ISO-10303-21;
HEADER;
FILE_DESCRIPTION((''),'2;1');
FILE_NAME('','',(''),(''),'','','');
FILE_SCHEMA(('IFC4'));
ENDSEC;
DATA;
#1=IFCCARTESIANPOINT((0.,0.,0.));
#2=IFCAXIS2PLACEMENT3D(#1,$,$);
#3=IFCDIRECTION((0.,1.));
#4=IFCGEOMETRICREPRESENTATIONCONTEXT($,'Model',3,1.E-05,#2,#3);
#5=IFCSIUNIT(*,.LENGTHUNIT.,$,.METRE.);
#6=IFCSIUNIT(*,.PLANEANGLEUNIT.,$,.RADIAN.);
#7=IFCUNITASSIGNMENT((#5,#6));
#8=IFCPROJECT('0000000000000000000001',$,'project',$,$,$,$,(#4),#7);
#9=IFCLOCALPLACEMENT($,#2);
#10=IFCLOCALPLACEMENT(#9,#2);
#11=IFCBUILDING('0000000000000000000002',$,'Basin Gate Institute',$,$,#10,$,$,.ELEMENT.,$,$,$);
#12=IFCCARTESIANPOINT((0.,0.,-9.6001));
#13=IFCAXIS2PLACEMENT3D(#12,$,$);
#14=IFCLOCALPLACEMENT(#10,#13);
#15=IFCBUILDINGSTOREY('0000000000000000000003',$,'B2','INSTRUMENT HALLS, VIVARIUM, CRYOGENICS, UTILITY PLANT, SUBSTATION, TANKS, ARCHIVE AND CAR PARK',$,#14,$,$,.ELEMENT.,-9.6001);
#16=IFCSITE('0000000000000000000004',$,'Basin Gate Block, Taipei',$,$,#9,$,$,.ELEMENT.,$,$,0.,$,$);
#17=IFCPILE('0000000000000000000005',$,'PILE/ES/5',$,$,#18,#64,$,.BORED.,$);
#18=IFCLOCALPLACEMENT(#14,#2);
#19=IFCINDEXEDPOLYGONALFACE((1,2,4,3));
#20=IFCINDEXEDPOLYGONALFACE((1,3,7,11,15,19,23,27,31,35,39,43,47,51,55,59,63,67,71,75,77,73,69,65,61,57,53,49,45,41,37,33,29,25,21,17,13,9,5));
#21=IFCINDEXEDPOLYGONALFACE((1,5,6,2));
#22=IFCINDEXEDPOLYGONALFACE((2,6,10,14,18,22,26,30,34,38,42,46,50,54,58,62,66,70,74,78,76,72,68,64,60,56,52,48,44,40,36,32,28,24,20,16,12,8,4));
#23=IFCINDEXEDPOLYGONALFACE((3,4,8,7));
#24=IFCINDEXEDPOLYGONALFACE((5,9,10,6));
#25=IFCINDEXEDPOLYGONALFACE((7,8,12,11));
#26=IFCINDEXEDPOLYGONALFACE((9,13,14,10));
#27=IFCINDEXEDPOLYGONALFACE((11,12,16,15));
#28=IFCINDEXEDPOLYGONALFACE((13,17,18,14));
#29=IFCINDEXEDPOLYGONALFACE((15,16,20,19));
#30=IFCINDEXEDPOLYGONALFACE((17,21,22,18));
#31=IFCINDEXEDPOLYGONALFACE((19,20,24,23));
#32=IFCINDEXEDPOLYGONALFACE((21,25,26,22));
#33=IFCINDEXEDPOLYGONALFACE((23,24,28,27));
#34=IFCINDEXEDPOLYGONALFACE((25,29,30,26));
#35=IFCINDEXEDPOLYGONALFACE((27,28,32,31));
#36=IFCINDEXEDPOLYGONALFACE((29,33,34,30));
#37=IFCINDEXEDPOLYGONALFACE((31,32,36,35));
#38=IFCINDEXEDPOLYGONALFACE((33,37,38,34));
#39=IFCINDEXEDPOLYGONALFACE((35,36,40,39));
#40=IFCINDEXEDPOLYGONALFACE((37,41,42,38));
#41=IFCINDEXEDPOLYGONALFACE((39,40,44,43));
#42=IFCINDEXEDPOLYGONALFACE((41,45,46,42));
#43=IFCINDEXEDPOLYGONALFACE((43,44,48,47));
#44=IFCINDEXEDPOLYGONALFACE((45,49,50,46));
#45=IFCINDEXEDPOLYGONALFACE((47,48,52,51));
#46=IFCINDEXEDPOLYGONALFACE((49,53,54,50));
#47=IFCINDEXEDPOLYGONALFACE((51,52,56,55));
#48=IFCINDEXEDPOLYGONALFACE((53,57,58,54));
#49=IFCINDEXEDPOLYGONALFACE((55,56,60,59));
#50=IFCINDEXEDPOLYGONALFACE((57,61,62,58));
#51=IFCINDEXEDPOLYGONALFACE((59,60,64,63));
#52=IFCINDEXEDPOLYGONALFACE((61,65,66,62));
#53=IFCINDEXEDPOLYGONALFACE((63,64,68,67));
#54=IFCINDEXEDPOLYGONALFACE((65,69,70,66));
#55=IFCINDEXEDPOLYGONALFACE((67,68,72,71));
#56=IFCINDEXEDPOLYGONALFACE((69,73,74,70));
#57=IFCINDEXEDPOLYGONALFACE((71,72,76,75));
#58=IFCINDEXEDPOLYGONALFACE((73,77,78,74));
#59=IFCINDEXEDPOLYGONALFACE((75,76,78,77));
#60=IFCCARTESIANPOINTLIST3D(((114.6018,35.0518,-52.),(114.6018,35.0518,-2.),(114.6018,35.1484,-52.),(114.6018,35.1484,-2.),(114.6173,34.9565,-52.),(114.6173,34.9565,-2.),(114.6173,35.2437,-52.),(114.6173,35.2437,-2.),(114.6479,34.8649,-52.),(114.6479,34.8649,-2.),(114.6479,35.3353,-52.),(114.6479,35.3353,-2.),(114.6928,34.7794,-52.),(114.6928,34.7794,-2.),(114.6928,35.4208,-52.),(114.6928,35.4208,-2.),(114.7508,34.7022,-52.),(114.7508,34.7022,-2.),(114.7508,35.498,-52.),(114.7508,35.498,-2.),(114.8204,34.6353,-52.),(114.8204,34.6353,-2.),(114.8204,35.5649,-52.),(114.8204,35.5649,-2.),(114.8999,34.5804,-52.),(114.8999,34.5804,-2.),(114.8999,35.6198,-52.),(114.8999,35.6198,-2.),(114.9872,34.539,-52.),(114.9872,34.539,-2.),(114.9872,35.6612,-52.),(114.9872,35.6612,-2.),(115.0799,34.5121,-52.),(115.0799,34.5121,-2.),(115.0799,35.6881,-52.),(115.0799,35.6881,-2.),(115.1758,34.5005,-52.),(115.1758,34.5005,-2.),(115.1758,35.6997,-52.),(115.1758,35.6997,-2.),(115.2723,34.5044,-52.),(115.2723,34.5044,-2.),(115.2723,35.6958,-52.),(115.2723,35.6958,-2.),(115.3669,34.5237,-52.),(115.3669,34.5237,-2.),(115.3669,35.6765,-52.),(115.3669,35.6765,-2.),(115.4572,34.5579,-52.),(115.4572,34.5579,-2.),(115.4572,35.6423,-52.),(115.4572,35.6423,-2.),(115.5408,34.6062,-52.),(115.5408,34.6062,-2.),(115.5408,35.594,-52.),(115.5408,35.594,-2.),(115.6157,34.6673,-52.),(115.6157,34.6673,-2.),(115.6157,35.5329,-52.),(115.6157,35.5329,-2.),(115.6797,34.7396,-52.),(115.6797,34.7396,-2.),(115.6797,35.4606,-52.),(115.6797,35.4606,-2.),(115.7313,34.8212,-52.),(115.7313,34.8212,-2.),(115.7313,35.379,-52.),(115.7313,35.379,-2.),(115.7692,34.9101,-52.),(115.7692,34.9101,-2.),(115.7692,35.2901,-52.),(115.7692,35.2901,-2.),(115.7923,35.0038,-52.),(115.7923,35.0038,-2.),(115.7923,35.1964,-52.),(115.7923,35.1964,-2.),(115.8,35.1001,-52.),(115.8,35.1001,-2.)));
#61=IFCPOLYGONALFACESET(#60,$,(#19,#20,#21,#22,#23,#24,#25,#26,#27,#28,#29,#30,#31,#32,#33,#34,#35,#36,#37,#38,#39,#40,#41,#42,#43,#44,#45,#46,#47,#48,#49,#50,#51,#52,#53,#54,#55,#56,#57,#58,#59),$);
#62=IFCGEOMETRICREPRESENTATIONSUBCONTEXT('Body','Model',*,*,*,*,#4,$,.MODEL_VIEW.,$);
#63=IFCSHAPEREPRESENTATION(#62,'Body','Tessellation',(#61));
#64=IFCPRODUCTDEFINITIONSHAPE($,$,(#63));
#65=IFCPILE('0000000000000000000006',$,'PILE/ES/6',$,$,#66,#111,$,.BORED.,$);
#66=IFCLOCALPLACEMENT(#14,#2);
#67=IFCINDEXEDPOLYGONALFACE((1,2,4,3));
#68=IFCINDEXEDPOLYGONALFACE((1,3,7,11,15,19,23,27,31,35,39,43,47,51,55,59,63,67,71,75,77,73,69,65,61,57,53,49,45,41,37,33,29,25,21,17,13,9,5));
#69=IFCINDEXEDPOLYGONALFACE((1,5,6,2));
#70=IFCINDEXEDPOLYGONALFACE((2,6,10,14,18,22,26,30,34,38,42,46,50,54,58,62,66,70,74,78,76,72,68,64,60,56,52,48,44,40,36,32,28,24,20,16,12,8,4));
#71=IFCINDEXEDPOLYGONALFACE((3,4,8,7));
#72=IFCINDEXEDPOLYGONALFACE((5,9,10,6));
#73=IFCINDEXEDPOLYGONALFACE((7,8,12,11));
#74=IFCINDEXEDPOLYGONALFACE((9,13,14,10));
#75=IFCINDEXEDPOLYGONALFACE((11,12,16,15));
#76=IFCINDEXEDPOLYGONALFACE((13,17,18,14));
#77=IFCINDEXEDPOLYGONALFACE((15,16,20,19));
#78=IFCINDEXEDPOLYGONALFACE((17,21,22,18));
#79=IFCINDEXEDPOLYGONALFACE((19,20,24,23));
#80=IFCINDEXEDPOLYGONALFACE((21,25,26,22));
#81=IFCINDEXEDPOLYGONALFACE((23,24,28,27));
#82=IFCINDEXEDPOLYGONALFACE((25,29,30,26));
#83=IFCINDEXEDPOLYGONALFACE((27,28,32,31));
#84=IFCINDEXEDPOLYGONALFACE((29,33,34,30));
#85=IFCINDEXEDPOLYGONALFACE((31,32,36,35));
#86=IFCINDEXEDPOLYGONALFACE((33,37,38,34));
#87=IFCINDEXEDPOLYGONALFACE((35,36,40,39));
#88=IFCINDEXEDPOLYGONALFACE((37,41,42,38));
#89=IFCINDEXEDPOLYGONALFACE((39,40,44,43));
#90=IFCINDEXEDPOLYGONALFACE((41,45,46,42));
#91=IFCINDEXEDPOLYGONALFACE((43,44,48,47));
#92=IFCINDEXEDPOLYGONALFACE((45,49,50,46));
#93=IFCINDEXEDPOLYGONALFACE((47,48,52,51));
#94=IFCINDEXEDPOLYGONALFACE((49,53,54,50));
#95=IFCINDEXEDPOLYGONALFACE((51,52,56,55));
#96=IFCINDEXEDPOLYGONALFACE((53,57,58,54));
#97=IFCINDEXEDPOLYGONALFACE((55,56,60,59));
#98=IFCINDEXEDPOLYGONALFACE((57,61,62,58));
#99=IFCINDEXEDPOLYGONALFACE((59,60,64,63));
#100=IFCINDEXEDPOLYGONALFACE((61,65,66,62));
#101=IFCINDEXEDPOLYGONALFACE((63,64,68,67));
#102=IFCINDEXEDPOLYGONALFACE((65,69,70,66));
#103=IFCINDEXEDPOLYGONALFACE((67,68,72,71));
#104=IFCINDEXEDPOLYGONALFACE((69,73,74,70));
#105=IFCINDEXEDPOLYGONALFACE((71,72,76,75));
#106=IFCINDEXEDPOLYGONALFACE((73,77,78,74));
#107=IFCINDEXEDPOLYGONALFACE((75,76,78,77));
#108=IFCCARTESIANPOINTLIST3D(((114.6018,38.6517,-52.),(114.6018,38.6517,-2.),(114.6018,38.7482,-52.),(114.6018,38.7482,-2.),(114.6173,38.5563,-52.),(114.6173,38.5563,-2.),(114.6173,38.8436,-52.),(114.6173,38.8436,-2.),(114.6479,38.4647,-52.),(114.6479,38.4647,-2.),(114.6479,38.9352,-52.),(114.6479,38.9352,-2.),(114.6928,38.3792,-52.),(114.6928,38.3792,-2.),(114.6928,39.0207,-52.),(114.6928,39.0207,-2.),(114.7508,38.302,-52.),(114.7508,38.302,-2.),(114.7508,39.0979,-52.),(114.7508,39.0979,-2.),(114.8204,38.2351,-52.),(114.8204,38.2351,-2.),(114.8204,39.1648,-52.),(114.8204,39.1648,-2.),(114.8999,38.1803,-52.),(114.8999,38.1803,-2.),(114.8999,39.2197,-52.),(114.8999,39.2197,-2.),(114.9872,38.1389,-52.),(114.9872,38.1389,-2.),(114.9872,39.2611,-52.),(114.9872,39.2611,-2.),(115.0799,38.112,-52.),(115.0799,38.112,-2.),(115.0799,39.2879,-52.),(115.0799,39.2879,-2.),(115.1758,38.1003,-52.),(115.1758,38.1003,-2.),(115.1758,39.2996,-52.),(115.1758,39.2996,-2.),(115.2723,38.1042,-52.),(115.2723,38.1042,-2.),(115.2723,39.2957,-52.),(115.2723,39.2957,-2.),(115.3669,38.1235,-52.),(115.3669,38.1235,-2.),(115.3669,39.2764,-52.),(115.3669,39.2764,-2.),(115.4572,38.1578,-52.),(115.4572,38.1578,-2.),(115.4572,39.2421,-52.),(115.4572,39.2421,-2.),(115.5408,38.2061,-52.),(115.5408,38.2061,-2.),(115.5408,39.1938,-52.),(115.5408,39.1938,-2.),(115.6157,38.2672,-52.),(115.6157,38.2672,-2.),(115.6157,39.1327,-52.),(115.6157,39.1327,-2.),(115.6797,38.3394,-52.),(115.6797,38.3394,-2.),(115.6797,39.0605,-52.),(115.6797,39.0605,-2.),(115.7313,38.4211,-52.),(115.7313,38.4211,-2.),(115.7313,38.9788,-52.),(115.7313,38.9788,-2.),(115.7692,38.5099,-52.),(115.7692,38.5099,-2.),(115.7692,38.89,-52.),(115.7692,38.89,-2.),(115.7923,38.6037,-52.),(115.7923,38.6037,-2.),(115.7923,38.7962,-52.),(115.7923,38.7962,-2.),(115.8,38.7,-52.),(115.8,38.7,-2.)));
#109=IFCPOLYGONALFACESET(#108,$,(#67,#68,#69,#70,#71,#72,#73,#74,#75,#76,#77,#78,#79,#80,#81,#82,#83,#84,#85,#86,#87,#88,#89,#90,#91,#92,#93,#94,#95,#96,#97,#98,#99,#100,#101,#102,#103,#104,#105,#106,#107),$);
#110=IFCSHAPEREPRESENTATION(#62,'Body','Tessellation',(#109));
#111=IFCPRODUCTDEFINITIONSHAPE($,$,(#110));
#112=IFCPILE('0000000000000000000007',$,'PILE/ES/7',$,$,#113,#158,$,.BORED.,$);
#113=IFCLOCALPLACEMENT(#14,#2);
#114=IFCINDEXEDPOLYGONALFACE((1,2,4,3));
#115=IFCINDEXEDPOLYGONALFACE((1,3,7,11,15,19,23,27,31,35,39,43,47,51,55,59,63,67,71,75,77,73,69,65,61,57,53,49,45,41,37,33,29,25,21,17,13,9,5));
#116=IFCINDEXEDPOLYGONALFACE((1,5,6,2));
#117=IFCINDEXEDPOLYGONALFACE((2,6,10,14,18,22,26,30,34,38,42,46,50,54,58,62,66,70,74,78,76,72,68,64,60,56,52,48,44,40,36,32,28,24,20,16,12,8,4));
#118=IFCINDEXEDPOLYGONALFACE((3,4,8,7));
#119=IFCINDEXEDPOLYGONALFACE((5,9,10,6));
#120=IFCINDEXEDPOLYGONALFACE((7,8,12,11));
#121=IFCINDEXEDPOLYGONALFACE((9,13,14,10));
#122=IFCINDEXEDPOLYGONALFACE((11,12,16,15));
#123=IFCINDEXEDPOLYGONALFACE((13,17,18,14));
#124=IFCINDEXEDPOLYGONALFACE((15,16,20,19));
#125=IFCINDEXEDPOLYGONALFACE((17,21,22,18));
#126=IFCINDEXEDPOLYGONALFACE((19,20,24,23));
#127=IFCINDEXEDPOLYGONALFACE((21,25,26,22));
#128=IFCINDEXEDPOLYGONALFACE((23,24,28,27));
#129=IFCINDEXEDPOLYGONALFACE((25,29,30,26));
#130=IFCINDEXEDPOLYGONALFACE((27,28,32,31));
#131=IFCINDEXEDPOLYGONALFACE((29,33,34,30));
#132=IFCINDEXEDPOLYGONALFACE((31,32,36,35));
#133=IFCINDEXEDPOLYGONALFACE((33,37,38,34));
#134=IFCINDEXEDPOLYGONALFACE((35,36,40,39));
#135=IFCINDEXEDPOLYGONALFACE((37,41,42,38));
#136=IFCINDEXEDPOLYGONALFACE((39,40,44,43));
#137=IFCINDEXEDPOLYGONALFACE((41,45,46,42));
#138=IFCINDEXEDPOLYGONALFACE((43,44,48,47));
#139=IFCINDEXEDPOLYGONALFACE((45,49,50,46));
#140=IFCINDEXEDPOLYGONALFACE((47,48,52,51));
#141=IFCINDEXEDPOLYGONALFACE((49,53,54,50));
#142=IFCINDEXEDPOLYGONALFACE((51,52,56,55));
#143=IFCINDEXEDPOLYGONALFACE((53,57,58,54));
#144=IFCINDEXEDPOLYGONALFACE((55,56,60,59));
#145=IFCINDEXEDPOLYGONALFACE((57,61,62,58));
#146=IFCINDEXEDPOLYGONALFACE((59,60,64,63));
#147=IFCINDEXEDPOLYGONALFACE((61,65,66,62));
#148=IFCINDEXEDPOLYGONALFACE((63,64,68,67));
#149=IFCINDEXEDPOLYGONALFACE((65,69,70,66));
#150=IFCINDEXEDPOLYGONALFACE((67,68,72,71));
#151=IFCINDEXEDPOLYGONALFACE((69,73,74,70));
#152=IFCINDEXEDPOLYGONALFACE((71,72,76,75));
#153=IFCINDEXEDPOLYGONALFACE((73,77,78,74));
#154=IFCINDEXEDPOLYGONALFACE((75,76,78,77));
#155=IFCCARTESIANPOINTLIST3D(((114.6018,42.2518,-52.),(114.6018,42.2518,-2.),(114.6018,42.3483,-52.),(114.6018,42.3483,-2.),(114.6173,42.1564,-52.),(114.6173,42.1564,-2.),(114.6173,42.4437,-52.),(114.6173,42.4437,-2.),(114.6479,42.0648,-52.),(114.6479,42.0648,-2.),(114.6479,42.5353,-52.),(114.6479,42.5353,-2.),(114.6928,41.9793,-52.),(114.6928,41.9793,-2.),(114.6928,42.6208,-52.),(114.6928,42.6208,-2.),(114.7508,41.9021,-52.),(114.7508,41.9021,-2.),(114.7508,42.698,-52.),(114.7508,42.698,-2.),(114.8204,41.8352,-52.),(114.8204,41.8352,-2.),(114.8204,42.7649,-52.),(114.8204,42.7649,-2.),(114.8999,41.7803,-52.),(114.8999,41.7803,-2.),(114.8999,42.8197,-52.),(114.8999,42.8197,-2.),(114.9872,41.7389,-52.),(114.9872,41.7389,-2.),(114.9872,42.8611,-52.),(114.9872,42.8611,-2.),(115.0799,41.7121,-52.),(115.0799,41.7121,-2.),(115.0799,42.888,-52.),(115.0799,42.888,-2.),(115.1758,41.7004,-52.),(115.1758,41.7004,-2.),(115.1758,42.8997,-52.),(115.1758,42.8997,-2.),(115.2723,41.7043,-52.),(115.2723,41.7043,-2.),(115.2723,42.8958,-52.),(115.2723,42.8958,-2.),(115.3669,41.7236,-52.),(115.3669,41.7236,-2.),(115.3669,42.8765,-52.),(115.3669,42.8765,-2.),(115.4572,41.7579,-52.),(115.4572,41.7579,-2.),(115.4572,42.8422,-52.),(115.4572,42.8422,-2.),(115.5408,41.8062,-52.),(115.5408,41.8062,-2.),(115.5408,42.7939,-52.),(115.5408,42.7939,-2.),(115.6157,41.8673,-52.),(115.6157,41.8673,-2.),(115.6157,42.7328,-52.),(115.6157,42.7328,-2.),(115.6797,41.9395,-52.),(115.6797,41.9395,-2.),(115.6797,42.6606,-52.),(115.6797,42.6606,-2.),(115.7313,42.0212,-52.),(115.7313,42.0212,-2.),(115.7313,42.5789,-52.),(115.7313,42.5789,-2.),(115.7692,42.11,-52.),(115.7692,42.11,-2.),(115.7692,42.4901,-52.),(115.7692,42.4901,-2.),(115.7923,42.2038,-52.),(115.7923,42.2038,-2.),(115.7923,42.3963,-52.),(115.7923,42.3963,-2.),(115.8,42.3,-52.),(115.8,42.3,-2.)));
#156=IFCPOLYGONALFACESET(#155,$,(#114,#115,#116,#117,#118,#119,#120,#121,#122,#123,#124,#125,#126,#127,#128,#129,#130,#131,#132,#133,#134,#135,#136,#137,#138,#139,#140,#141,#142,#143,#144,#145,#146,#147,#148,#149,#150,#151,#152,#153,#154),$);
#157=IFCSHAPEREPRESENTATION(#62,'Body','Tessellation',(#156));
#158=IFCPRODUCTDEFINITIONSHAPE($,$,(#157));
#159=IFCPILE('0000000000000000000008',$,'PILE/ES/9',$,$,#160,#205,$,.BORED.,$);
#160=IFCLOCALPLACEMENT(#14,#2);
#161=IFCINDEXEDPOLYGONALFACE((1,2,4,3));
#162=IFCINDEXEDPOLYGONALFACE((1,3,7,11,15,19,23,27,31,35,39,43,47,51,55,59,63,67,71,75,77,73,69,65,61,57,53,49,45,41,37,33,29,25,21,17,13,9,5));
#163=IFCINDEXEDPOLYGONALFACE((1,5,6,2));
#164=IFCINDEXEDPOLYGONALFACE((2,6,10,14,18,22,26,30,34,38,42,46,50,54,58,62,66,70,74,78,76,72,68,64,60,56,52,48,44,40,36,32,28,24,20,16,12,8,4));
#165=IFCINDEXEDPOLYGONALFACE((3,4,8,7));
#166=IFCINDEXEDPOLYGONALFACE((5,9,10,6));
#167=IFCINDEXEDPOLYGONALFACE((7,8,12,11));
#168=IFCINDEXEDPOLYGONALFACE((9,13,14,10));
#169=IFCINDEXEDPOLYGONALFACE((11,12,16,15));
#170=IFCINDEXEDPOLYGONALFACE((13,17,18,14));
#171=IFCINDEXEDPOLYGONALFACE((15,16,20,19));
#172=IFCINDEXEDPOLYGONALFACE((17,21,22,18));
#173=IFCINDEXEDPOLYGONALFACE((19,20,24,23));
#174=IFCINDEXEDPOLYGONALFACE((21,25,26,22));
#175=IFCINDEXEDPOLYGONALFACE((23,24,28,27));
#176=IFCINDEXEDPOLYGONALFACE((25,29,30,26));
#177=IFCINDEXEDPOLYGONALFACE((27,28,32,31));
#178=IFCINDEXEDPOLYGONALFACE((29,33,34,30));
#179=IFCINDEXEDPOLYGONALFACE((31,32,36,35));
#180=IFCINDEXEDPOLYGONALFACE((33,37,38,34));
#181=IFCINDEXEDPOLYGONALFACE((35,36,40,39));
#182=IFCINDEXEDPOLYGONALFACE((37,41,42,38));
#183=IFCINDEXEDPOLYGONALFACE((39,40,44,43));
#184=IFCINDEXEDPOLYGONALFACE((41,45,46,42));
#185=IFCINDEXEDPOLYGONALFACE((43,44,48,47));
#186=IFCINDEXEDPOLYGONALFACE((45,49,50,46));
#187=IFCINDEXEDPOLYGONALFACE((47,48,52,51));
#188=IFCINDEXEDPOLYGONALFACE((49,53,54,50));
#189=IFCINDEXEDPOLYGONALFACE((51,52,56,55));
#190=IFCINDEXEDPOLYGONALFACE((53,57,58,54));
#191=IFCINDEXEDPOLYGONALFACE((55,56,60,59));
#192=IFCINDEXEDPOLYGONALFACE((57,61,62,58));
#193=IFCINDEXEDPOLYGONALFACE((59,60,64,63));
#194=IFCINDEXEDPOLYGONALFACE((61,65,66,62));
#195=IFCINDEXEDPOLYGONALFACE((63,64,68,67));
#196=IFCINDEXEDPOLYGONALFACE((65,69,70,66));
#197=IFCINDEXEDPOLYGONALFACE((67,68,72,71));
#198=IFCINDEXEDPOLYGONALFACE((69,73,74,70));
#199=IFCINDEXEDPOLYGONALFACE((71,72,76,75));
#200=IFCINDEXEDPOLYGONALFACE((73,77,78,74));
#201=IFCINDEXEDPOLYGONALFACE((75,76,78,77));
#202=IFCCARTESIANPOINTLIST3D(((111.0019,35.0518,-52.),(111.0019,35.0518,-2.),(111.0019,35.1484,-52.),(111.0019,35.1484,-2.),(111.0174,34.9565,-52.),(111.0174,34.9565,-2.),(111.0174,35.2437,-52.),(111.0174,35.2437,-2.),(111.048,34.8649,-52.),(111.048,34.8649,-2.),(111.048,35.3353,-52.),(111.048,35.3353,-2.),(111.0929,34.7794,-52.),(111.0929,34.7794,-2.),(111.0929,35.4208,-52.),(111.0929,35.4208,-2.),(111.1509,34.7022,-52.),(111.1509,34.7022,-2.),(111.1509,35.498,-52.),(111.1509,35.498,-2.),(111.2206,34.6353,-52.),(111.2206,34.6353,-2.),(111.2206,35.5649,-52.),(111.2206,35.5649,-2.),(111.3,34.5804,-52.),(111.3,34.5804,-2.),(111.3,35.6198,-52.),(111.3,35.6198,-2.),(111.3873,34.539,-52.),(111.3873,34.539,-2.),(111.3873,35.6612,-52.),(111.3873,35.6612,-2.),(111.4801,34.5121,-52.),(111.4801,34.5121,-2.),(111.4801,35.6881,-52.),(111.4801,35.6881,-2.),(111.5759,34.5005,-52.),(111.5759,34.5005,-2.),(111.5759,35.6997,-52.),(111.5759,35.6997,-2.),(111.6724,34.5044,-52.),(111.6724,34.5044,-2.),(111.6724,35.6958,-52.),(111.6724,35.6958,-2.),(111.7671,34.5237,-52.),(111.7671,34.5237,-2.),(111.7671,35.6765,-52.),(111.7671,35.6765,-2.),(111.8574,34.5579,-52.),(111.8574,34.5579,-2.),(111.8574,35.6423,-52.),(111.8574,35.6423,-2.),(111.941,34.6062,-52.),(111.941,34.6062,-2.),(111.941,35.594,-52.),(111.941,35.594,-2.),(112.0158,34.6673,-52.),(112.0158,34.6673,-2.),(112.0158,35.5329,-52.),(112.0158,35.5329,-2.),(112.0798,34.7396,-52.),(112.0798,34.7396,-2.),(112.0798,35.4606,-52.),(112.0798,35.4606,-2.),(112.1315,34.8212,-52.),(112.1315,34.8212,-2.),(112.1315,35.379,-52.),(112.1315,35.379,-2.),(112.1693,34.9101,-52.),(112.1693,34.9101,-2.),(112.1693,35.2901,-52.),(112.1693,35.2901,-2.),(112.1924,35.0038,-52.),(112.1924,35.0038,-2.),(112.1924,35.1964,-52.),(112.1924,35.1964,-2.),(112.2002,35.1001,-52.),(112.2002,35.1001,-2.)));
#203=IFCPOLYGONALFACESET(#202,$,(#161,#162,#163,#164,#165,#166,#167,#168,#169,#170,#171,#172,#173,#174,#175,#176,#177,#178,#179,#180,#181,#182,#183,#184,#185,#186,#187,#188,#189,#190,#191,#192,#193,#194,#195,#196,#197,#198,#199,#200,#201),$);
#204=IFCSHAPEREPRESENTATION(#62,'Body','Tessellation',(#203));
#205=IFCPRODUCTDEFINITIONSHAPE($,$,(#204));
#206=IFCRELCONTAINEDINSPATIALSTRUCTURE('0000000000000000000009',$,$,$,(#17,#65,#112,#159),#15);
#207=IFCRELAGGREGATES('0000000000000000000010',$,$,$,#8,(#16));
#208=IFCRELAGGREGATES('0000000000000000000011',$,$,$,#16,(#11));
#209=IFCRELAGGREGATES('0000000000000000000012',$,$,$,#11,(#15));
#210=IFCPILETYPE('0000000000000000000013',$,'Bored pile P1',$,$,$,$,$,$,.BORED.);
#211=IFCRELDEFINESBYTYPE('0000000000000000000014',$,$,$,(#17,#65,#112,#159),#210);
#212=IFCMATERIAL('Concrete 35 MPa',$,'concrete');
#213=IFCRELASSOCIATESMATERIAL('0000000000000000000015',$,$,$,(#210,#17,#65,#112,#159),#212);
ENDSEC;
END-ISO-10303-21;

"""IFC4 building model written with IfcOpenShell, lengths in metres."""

from ifc_helpers import new_model, si_unit, direction, frame, origin, origin_2d, place, context, subcontext, project, spatial, circle, extrude, material, material_profile, profile_set, type_object, element, save


model = new_model("IFC4")

# Units and contexts
model_context = context("Model", 3, precision=1e-05, world=origin(), true_north=direction((0.0, 1.0)))
body_context = subcontext(model_context, "Body", "Model", "MODEL_VIEW")
ifc_project = project(units=[si_unit("LENGTHUNIT", "METRE"), si_unit("PLANEANGLEUNIT", "RADIAN")], contexts=[model_context])

# Site, building, storey
site_placement = place(None, origin())
site = spatial("IfcSite", under=ifc_project, at=site_placement, Name="Basin Gate Block, Taipei", CompositionType="ELEMENT", RefElevation=0.0)
building_placement = place(site_placement, origin())
building = spatial("IfcBuilding", under=site, at=building_placement, Name="Basin Gate Institute", CompositionType="ELEMENT")
storey_placement = place(building_placement, frame((0.0, 0.0, -9.6001)))
storey = spatial("IfcBuildingStorey", under=building, at=storey_placement, Name="B2", Description="INSTRUMENT HALLS, VIVARIUM, CRYOGENICS, UTILITY PLANT, SUBSTATION, TANKS, ARCHIVE AND CAR PARK", CompositionType="ELEMENT", Elevation=-9.6001)

# Piles
ifc_material_1 = material(Name="Concrete 35 MPa", Category="concrete")
ifc_material_profile_1 = material_profile(ifc_material_1, circle(Radius=0.6001, at=origin_2d()), Name="Bored pile P1 1200 dia")
ifc_profile_set_1 = profile_set([ifc_material_profile_1], Name="Concrete 35 MPa")
pile_type = type_object("IfcPileType", Name="Bored pile P1", PredefinedType="BORED", material=ifc_profile_set_1)
for number, where, z_axis, x_axis, name in (
    (1, (115.2, 35.1001, -2.0), (0.0, 0.0, -1.0), (1.0, 0.0, 0.0), "PILE/ES/5"),
    (2, (115.2, 38.7, -2.0), (0.0, 0.0, -1.0), (1.0, 0.0, 0.0), "PILE/ES/6"),
    (3, (115.2, 42.3, -2.0), (0.0, 0.0, -1.0), (1.0, 0.0, 0.0), "PILE/ES/7"),
    (4, (111.6001, 35.1001, -2.0), (0.0, 0.0, -1.0), (1.0, 0.0, 0.0), "PILE/ES/9"),
):
    element("IfcPile", number, at=place(storey_placement, frame(where, z_axis=z_axis, x_axis=x_axis)), inside=storey, type_object=pile_type, material=ifc_profile_set_1, Name=name, PredefinedType="BORED", context=body_context, shape_type="SweptSolid", body=[
        extrude(circle(Radius=0.6001, at=origin_2d()), origin(), (0.0, 0.0, 1.0), 50.0),
    ])

save(model, "model.ifc")
